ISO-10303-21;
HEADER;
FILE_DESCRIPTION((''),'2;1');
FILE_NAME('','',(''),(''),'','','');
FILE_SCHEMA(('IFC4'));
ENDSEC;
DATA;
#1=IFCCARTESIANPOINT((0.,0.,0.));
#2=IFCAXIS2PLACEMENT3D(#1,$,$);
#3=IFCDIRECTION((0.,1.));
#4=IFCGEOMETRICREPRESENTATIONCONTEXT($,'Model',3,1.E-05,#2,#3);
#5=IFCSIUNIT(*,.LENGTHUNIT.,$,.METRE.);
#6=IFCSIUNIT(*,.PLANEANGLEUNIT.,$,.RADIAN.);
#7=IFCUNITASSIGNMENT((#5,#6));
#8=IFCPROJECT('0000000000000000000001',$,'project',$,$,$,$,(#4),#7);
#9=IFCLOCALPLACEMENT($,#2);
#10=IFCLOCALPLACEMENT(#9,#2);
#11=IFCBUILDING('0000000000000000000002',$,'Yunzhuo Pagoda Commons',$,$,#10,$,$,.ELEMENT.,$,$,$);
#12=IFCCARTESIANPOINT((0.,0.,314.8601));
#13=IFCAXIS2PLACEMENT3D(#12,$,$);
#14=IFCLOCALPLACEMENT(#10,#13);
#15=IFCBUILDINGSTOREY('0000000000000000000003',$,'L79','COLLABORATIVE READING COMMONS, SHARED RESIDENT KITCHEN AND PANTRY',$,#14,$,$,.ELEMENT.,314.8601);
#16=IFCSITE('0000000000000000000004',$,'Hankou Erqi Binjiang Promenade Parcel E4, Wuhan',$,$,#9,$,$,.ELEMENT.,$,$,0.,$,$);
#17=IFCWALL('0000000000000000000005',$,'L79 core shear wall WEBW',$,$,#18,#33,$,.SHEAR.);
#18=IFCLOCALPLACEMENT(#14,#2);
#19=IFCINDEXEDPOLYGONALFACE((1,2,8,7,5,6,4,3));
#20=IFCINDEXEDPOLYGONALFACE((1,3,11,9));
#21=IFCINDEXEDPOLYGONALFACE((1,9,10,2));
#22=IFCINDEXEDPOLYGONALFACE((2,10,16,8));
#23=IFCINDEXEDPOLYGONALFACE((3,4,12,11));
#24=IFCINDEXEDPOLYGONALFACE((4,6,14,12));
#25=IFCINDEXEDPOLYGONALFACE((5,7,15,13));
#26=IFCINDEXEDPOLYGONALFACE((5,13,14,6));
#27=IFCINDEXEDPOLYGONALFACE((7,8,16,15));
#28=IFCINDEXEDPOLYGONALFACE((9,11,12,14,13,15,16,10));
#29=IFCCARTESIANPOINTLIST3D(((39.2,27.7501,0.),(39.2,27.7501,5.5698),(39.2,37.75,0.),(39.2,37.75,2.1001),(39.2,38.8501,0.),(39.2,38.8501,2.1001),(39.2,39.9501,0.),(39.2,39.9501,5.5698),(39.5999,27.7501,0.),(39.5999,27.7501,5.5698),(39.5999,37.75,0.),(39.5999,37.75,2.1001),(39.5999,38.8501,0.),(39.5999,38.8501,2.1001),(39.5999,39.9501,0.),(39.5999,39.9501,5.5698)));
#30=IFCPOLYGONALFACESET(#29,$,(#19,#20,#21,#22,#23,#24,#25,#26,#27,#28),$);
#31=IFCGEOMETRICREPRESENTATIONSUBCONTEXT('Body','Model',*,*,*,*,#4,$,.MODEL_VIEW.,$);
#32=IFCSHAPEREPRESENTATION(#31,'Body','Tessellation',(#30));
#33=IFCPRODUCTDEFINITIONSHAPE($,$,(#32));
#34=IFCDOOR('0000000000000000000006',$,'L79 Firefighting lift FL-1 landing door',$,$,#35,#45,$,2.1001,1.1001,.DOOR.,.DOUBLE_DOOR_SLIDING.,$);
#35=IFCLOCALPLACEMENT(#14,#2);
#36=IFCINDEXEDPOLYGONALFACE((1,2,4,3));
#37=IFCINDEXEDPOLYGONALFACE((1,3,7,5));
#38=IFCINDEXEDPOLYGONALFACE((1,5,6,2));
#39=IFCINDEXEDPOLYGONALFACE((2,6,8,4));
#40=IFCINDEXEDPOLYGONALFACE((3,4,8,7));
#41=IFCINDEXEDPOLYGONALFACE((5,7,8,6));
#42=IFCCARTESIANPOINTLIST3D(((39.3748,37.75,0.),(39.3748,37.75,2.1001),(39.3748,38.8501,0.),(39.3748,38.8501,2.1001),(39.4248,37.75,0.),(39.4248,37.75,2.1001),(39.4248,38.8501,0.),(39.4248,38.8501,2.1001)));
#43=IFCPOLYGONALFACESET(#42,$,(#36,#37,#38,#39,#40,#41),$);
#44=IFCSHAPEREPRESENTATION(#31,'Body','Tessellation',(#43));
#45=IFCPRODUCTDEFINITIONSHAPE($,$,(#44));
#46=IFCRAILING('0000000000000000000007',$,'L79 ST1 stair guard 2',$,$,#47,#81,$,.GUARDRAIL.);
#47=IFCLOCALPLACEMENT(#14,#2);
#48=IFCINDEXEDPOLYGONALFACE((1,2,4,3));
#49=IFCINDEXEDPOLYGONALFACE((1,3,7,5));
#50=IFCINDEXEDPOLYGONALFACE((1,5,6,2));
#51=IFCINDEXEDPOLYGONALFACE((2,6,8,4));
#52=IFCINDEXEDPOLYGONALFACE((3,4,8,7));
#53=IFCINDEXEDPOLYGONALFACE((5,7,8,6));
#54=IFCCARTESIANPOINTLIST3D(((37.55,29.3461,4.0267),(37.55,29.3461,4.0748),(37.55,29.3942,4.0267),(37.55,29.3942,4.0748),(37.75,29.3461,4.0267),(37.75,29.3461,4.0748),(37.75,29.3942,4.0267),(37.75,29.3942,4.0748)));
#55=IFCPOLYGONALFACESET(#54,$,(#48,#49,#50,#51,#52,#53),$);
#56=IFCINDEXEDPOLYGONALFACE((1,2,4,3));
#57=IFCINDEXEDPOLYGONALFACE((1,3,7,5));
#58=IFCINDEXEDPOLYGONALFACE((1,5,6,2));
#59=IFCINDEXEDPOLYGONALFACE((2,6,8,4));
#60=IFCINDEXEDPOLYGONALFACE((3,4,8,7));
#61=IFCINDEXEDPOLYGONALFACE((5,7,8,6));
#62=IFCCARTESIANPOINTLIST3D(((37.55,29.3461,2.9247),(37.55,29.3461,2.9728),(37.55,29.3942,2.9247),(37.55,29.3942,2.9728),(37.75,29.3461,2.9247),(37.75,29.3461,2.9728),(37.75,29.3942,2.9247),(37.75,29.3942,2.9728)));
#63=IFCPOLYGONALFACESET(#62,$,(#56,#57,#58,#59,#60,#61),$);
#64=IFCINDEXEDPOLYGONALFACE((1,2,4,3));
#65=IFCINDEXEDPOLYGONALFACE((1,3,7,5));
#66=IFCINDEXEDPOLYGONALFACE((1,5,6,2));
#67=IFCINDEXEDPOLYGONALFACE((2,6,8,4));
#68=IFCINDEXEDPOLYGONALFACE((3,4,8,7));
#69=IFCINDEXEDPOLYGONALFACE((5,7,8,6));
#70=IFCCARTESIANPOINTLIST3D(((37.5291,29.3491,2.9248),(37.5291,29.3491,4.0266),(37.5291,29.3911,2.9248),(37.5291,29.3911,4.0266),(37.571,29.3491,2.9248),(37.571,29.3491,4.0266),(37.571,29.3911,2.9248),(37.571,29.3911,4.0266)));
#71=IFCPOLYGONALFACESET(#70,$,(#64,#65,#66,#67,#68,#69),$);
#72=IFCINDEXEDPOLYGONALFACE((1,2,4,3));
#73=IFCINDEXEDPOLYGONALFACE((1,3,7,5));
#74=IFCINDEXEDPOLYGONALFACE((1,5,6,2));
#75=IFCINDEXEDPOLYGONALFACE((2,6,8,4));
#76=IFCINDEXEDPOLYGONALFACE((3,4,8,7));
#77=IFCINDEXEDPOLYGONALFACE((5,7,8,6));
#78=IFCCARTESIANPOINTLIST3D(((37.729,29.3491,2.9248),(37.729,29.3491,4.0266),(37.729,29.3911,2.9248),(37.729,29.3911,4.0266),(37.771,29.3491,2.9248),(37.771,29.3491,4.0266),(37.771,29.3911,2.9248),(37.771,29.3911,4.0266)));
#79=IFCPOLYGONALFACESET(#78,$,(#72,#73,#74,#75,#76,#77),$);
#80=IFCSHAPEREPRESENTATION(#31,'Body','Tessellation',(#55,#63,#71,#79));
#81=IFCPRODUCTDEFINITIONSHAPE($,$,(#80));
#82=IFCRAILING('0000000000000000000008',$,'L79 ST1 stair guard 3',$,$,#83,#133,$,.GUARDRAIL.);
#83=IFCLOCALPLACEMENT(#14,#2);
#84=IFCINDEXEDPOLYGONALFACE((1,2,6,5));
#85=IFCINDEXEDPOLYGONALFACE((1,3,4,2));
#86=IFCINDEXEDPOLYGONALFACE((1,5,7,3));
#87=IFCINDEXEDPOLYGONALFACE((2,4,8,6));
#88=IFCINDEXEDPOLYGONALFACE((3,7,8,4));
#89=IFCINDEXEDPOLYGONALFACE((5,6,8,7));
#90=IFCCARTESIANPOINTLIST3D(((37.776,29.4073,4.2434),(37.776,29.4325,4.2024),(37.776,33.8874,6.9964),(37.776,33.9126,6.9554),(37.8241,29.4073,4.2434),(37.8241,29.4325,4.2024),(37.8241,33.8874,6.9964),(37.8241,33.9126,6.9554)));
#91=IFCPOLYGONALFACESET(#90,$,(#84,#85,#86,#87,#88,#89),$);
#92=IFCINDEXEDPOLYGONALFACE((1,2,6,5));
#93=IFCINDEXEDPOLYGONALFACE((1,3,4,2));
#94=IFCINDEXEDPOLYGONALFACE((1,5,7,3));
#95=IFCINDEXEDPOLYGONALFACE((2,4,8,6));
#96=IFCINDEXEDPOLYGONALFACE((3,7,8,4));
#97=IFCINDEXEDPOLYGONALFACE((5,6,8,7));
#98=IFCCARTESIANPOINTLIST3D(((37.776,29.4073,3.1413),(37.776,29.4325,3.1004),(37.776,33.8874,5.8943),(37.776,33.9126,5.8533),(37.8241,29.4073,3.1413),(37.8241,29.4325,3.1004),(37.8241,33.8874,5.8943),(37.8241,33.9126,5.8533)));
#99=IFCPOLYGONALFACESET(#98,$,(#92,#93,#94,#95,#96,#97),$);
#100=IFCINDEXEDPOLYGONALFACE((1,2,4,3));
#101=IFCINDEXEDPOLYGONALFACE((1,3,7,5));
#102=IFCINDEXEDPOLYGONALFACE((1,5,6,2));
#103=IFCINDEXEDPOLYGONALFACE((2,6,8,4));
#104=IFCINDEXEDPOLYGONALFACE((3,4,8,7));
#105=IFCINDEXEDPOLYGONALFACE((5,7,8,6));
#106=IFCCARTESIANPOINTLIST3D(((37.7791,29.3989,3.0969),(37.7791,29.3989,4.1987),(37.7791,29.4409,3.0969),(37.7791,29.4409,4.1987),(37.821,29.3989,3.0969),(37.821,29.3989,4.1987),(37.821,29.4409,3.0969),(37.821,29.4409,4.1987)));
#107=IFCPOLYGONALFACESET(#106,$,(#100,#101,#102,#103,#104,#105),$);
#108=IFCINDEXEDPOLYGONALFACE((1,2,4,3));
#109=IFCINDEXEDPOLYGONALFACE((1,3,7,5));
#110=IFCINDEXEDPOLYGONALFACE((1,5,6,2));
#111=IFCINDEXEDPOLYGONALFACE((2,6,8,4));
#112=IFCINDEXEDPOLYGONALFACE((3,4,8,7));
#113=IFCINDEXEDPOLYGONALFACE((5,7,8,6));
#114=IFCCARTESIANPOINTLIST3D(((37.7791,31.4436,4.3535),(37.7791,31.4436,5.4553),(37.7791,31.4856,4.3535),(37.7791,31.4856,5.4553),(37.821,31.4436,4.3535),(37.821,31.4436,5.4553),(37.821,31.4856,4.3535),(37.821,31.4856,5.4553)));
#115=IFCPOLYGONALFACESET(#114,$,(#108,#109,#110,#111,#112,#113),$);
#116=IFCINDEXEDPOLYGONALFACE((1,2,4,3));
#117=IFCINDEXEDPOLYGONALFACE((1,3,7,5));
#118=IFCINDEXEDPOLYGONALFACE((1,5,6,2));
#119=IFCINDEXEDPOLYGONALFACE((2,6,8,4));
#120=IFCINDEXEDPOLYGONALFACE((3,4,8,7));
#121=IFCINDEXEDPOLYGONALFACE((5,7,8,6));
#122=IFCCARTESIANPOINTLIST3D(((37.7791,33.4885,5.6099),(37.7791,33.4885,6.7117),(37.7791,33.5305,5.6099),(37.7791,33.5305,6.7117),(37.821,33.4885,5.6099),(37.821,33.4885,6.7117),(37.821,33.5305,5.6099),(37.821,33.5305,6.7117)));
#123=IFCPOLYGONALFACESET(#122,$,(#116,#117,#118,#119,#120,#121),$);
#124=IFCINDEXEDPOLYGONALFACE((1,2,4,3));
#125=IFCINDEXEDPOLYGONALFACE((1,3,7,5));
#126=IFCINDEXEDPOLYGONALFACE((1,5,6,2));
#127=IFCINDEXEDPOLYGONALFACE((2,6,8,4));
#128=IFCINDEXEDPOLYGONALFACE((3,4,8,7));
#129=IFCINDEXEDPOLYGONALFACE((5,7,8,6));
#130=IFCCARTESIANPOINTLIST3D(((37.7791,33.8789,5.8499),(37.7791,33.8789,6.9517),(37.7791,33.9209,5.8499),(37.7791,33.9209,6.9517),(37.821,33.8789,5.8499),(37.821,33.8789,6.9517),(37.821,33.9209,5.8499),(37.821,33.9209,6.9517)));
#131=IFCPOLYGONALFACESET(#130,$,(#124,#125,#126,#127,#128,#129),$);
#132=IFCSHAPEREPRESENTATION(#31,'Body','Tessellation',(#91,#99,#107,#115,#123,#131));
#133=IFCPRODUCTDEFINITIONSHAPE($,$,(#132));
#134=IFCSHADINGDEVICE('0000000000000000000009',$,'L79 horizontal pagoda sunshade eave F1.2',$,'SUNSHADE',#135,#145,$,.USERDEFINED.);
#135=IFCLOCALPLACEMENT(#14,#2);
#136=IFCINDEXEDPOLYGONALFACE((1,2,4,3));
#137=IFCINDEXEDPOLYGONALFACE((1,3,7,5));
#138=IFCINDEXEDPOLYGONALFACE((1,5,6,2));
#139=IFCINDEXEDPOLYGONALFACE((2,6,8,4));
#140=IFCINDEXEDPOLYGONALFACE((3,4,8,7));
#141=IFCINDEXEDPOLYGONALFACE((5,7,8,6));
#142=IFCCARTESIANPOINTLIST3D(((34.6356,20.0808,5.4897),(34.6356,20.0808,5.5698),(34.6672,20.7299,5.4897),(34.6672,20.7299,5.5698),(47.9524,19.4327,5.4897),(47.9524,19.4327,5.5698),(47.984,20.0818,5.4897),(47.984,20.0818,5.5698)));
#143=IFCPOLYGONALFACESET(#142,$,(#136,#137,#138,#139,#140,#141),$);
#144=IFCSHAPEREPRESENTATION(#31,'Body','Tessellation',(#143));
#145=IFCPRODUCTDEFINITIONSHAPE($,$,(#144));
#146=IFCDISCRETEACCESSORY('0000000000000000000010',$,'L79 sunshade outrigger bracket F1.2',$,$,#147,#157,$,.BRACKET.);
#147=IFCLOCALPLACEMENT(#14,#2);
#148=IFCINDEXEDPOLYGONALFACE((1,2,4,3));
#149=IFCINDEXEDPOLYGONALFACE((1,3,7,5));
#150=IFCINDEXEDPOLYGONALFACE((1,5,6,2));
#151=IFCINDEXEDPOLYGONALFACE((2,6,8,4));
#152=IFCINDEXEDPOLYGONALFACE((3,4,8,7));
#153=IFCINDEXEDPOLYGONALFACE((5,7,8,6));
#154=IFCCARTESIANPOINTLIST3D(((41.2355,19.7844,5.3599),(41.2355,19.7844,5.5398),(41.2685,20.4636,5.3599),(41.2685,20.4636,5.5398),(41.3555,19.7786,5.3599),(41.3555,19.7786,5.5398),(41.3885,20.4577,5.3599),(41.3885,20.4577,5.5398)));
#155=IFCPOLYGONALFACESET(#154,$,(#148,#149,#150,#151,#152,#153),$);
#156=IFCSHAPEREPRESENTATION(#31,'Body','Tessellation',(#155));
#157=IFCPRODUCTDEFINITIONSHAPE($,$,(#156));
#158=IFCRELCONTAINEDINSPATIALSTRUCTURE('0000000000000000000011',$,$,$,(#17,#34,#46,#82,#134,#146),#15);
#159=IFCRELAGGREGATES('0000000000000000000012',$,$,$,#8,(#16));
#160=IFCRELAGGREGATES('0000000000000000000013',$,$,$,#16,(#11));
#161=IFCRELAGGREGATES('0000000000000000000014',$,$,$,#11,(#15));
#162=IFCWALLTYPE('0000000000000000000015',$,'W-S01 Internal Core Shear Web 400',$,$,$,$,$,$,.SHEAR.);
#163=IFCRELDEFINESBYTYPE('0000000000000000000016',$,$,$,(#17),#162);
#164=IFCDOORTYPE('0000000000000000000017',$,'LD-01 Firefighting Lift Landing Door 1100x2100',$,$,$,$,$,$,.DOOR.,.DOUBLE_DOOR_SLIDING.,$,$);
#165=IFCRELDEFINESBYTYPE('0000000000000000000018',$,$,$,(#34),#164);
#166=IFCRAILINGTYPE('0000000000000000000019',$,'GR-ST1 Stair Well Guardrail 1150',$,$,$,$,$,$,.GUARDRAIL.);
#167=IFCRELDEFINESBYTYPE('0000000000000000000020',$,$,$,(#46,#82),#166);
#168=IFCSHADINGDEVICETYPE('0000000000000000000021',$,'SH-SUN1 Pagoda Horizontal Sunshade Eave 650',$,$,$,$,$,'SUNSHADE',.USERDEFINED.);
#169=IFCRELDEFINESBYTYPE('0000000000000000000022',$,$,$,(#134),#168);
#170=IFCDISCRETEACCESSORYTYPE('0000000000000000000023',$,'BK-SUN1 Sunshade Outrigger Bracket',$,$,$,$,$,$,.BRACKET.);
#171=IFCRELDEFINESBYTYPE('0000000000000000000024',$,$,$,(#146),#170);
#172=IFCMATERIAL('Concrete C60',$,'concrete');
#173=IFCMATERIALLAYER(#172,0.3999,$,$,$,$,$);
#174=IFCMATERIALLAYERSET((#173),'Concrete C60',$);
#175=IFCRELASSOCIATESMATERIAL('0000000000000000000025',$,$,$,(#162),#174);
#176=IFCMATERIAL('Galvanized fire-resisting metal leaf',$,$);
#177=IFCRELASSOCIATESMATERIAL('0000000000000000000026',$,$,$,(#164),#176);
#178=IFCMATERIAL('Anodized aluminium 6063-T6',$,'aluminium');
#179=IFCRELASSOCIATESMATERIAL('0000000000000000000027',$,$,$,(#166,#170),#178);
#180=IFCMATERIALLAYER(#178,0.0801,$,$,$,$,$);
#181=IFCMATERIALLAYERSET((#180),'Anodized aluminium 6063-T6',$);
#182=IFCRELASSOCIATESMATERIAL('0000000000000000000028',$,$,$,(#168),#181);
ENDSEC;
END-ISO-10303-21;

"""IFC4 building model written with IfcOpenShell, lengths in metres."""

from ifc_helpers import new_model, si_unit, direction, frame, frame_2d, origin, origin_2d, place, context, subcontext, project, spatial, rectangle, extrude, source, transform, mapped, material, layer, layer_set, type_object, element, fill, save


model = new_model("IFC4")

# Units and contexts
model_context = context("Model", 3, precision=1e-05, world=origin(), true_north=direction((0.0, 1.0)))
body_context = subcontext(model_context, "Body", "Model", "MODEL_VIEW")
ifc_project = project(units=[si_unit("LENGTHUNIT", "METRE"), si_unit("PLANEANGLEUNIT", "RADIAN")], contexts=[model_context])

# Site, building, storey
site_placement = place(None, origin())
site = spatial("IfcSite", under=ifc_project, at=site_placement, Name="Hankou Erqi Binjiang Promenade Parcel E4, Wuhan", CompositionType="ELEMENT", RefElevation=0.0)
building_placement = place(site_placement, origin())
building = spatial("IfcBuilding", under=site, at=building_placement, Name="Yunzhuo Pagoda Commons", CompositionType="ELEMENT")
storey_placement = place(building_placement, frame((0.0, 0.0, 314.8601)))
storey = spatial("IfcBuildingStorey", under=building, at=storey_placement, Name="L79", Description="COLLABORATIVE READING COMMONS, SHARED RESIDENT KITCHEN AND PANTRY", CompositionType="ELEMENT", Elevation=314.8601)

# Shared definitions
ifc_material_1 = material(Name="Anodized aluminium 6063-T6", Category="aluminium")

# Shared definitions
ifc_material_2 = material(Name="Galvanized fire-resisting metal leaf")

# Wall, opening, door
ifc_material_3 = material(Name="Concrete C60", Category="concrete")
ifc_layer_1 = layer(ifc_material_3, 0.3999)
ifc_layer_set_1 = layer_set([ifc_layer_1], Name="Concrete C60")
wall_type_1 = type_object("IfcWallType", Name="W-S01 Internal Core Shear Web 400", PredefinedType="SHEAR", material=ifc_layer_set_1)
wall_1_placement = place(storey_placement, frame((39.3999, 27.75, 0.0), z_axis=(0.0, 0.0, 1.0), x_axis=(0.0, 1.0, 0.0)))
wall_1 = element("IfcWall", 1, at=wall_1_placement, inside=storey, type_object=wall_type_1, Name="L79 core shear wall WEBW", PredefinedType="SHEAR", context=body_context, shape_type="SweptSolid", body=[
    extrude(rectangle(XDim=12.2, YDim=0.3999, at=frame_2d((6.1001, 0.0))), origin(), (0.0, 0.0, 1.0), 5.5698),
])
opening_1_placement = place(wall_1_placement, frame((10.0, 0.0, 0.0)))
opening_1 = element("IfcOpeningElement", 2, at=opening_1_placement, cuts=wall_1, PredefinedType="OPENING", context=body_context, shape_type="SweptSolid", body=[
    extrude(rectangle(XDim=1.1001, YDim=2.1001, at=frame_2d((0.55, 1.05))), frame((0.0, 0.21, 0.0), z_axis=(0.0, -1.0, 0.0), x_axis=(1.0, 0.0, 0.0)), (0.0, 0.0, 1.0), 0.4199),
])
door_type_1 = type_object("IfcDoorType", Name="LD-01 Firefighting Lift Landing Door 1100x2100", OperationType="DOUBLE_DOOR_SLIDING", PredefinedType="DOOR", material=ifc_material_2)
shared_shape_1 = source(origin(), body_context, "Body", "SweptSolid", [
    extrude(rectangle(XDim=1.1001, YDim=2.1001, at=frame_2d((0.55, 1.05))), frame((0.0, 0.0249, 0.0), z_axis=(0.0, -1.0, 0.0), x_axis=(1.0, 0.0, 0.0)), (0.0, 0.0, 1.0), 0.05),
])
door_1_placement = place(opening_1_placement, frame((1.1001, 0.0, 0.0), z_axis=(0.0, 0.0, 1.0), x_axis=(-1.0, 0.0, 0.0)))
door_1 = element("IfcDoor", 3, at=door_1_placement, inside=storey, type_object=door_type_1, Name="L79 Firefighting lift FL-1 landing door", OperationType="DOUBLE_DOOR_SLIDING", OverallHeight=2.1001, OverallWidth=1.1001, PredefinedType="DOOR", context=body_context, shape_type="MappedRepresentation", body=[
    mapped(shared_shape_1, transform((0.0, 0.0, 0.0), scale=1.0)),
])
fill(opening_1, door_1)

# Railings
railing_type = type_object("IfcRailingType", Name="GR-ST1 Stair Well Guardrail 1150", PredefinedType="GUARDRAIL", material=ifc_material_1)
railing_1_placement = place(storey_placement, frame((37.55, 29.3701, 2.9248)))
element("IfcRailing", 4, at=railing_1_placement, inside=storey, type_object=railing_type, Name="L79 ST1 stair guard 2", PredefinedType="GUARDRAIL", context=body_context, shape_type="SweptSolid", body=[
    extrude(rectangle(XDim=0.0481, YDim=0.0481, at=origin_2d()), frame((0.0, 0.0, 1.126), z_axis=(1.0, 0.0, 0.0), x_axis=(0.0, 1.0, 0.0)), (0.0, 0.0, 1.0), 0.2),
    extrude(rectangle(XDim=0.0481, YDim=0.0481, at=origin_2d()), frame((0.0, 0.0, 0.0239), z_axis=(1.0, 0.0, 0.0), x_axis=(0.0, 1.0, 0.0)), (0.0, 0.0, 1.0), 0.2),
    extrude(rectangle(XDim=0.042, YDim=0.042, at=origin_2d()), origin(), (0.0, 0.0, 1.0), 1.1018),
    extrude(rectangle(XDim=0.042, YDim=0.042, at=origin_2d()), frame((0.2, 0.0, 0.0)), (0.0, 0.0, 1.0), 1.1018),
])
railing_2_placement = place(storey_placement, frame((37.8, 29.4199, 3.0969)))
element("IfcRailing", 5, at=railing_2_placement, inside=storey, type_object=railing_type, Name="L79 ST1 stair guard 3", PredefinedType="GUARDRAIL", context=body_context, shape_type="SweptSolid", body=[
    extrude(rectangle(XDim=0.0481, YDim=0.0481, at=origin_2d()), frame((0.0, 0.0, 1.126), z_axis=(0.0, 0.851996, 0.523548), x_axis=(-1.0, 0.0, 0.0)), (0.0, 0.0, 1.0), 5.2583),
    extrude(rectangle(XDim=0.0481, YDim=0.0481, at=origin_2d()), frame((0.0, 0.0, 0.0239), z_axis=(0.0, 0.851996, 0.523548), x_axis=(-1.0, 0.0, 0.0)), (0.0, 0.0, 1.0), 5.2583),
    extrude(rectangle(XDim=0.042, YDim=0.042, at=origin_2d()), origin(), (0.0, 0.0, 1.0), 1.1018),
    extrude(rectangle(XDim=0.042, YDim=0.042, at=origin_2d()), frame((0.0, 2.0447, 1.2566)), (0.0, 0.0, 1.0), 1.1018),
    extrude(rectangle(XDim=0.042, YDim=0.042, at=origin_2d()), frame((0.0, 4.0896, 2.5129)), (0.0, 0.0, 1.0), 1.1018),
    extrude(rectangle(XDim=0.042, YDim=0.042, at=origin_2d()), frame((0.0, 4.48, 2.7529)), (0.0, 0.0, 1.0), 1.1018),
])

# Shading device
ifc_layer_2 = layer(ifc_material_1, 0.0801)
ifc_layer_set_2 = layer_set([ifc_layer_2], Name="Anodized aluminium 6063-T6")
shading_device_type = type_object("IfcShadingDeviceType", Name="SH-SUN1 Pagoda Horizontal Sunshade Eave 650", ElementType="SUNSHADE", PredefinedType="USERDEFINED", material=ifc_layer_set_2)
shared_shape_2 = source(origin(), body_context, "Body", "SweptSolid", [
    extrude(rectangle(XDim=13.3325, YDim=0.6499, at=origin_2d()), origin(), (0.0, 0.0, 1.0), 0.0801),
])
shading_device_placement = place(storey_placement, frame((41.3098, 20.0813, 5.4897), z_axis=(0.0, 0.0, 1.0), x_axis=(0.998818, -0.048606, 0.0)))
element("IfcShadingDevice", 6, at=shading_device_placement, inside=storey, type_object=shading_device_type, Name="L79 horizontal pagoda sunshade eave F1.2", ObjectType="SUNSHADE", PredefinedType="USERDEFINED", context=body_context, shape_type="MappedRepresentation", body=[
    mapped(shared_shape_2, transform((0.0, 0.0, 0.0), scale=1.0)),
])

# Discrete accessory
discrete_accessory_type = type_object("IfcDiscreteAccessoryType", Name="BK-SUN1 Sunshade Outrigger Bracket", PredefinedType="BRACKET", material=ifc_material_1)
shared_shape_3 = source(origin(), body_context, "Body", "SweptSolid", [
    extrude(rectangle(XDim=0.1201, YDim=0.6799, at=origin_2d()), origin(), (0.0, 0.0, 1.0), 0.1799),
])
discrete_accessory_placement = place(storey_placement, frame((41.312, 20.1211, 5.3599), z_axis=(0.0, 0.0, 1.0), x_axis=(0.998818, -0.048606, 0.0)))
element("IfcDiscreteAccessory", 7, at=discrete_accessory_placement, inside=storey, type_object=discrete_accessory_type, Name="L79 sunshade outrigger bracket F1.2", PredefinedType="BRACKET", context=body_context, shape_type="MappedRepresentation", body=[
    mapped(shared_shape_3, transform((0.0, 0.0, 0.0), scale=1.0)),
])

save(model, "model.ifc")
